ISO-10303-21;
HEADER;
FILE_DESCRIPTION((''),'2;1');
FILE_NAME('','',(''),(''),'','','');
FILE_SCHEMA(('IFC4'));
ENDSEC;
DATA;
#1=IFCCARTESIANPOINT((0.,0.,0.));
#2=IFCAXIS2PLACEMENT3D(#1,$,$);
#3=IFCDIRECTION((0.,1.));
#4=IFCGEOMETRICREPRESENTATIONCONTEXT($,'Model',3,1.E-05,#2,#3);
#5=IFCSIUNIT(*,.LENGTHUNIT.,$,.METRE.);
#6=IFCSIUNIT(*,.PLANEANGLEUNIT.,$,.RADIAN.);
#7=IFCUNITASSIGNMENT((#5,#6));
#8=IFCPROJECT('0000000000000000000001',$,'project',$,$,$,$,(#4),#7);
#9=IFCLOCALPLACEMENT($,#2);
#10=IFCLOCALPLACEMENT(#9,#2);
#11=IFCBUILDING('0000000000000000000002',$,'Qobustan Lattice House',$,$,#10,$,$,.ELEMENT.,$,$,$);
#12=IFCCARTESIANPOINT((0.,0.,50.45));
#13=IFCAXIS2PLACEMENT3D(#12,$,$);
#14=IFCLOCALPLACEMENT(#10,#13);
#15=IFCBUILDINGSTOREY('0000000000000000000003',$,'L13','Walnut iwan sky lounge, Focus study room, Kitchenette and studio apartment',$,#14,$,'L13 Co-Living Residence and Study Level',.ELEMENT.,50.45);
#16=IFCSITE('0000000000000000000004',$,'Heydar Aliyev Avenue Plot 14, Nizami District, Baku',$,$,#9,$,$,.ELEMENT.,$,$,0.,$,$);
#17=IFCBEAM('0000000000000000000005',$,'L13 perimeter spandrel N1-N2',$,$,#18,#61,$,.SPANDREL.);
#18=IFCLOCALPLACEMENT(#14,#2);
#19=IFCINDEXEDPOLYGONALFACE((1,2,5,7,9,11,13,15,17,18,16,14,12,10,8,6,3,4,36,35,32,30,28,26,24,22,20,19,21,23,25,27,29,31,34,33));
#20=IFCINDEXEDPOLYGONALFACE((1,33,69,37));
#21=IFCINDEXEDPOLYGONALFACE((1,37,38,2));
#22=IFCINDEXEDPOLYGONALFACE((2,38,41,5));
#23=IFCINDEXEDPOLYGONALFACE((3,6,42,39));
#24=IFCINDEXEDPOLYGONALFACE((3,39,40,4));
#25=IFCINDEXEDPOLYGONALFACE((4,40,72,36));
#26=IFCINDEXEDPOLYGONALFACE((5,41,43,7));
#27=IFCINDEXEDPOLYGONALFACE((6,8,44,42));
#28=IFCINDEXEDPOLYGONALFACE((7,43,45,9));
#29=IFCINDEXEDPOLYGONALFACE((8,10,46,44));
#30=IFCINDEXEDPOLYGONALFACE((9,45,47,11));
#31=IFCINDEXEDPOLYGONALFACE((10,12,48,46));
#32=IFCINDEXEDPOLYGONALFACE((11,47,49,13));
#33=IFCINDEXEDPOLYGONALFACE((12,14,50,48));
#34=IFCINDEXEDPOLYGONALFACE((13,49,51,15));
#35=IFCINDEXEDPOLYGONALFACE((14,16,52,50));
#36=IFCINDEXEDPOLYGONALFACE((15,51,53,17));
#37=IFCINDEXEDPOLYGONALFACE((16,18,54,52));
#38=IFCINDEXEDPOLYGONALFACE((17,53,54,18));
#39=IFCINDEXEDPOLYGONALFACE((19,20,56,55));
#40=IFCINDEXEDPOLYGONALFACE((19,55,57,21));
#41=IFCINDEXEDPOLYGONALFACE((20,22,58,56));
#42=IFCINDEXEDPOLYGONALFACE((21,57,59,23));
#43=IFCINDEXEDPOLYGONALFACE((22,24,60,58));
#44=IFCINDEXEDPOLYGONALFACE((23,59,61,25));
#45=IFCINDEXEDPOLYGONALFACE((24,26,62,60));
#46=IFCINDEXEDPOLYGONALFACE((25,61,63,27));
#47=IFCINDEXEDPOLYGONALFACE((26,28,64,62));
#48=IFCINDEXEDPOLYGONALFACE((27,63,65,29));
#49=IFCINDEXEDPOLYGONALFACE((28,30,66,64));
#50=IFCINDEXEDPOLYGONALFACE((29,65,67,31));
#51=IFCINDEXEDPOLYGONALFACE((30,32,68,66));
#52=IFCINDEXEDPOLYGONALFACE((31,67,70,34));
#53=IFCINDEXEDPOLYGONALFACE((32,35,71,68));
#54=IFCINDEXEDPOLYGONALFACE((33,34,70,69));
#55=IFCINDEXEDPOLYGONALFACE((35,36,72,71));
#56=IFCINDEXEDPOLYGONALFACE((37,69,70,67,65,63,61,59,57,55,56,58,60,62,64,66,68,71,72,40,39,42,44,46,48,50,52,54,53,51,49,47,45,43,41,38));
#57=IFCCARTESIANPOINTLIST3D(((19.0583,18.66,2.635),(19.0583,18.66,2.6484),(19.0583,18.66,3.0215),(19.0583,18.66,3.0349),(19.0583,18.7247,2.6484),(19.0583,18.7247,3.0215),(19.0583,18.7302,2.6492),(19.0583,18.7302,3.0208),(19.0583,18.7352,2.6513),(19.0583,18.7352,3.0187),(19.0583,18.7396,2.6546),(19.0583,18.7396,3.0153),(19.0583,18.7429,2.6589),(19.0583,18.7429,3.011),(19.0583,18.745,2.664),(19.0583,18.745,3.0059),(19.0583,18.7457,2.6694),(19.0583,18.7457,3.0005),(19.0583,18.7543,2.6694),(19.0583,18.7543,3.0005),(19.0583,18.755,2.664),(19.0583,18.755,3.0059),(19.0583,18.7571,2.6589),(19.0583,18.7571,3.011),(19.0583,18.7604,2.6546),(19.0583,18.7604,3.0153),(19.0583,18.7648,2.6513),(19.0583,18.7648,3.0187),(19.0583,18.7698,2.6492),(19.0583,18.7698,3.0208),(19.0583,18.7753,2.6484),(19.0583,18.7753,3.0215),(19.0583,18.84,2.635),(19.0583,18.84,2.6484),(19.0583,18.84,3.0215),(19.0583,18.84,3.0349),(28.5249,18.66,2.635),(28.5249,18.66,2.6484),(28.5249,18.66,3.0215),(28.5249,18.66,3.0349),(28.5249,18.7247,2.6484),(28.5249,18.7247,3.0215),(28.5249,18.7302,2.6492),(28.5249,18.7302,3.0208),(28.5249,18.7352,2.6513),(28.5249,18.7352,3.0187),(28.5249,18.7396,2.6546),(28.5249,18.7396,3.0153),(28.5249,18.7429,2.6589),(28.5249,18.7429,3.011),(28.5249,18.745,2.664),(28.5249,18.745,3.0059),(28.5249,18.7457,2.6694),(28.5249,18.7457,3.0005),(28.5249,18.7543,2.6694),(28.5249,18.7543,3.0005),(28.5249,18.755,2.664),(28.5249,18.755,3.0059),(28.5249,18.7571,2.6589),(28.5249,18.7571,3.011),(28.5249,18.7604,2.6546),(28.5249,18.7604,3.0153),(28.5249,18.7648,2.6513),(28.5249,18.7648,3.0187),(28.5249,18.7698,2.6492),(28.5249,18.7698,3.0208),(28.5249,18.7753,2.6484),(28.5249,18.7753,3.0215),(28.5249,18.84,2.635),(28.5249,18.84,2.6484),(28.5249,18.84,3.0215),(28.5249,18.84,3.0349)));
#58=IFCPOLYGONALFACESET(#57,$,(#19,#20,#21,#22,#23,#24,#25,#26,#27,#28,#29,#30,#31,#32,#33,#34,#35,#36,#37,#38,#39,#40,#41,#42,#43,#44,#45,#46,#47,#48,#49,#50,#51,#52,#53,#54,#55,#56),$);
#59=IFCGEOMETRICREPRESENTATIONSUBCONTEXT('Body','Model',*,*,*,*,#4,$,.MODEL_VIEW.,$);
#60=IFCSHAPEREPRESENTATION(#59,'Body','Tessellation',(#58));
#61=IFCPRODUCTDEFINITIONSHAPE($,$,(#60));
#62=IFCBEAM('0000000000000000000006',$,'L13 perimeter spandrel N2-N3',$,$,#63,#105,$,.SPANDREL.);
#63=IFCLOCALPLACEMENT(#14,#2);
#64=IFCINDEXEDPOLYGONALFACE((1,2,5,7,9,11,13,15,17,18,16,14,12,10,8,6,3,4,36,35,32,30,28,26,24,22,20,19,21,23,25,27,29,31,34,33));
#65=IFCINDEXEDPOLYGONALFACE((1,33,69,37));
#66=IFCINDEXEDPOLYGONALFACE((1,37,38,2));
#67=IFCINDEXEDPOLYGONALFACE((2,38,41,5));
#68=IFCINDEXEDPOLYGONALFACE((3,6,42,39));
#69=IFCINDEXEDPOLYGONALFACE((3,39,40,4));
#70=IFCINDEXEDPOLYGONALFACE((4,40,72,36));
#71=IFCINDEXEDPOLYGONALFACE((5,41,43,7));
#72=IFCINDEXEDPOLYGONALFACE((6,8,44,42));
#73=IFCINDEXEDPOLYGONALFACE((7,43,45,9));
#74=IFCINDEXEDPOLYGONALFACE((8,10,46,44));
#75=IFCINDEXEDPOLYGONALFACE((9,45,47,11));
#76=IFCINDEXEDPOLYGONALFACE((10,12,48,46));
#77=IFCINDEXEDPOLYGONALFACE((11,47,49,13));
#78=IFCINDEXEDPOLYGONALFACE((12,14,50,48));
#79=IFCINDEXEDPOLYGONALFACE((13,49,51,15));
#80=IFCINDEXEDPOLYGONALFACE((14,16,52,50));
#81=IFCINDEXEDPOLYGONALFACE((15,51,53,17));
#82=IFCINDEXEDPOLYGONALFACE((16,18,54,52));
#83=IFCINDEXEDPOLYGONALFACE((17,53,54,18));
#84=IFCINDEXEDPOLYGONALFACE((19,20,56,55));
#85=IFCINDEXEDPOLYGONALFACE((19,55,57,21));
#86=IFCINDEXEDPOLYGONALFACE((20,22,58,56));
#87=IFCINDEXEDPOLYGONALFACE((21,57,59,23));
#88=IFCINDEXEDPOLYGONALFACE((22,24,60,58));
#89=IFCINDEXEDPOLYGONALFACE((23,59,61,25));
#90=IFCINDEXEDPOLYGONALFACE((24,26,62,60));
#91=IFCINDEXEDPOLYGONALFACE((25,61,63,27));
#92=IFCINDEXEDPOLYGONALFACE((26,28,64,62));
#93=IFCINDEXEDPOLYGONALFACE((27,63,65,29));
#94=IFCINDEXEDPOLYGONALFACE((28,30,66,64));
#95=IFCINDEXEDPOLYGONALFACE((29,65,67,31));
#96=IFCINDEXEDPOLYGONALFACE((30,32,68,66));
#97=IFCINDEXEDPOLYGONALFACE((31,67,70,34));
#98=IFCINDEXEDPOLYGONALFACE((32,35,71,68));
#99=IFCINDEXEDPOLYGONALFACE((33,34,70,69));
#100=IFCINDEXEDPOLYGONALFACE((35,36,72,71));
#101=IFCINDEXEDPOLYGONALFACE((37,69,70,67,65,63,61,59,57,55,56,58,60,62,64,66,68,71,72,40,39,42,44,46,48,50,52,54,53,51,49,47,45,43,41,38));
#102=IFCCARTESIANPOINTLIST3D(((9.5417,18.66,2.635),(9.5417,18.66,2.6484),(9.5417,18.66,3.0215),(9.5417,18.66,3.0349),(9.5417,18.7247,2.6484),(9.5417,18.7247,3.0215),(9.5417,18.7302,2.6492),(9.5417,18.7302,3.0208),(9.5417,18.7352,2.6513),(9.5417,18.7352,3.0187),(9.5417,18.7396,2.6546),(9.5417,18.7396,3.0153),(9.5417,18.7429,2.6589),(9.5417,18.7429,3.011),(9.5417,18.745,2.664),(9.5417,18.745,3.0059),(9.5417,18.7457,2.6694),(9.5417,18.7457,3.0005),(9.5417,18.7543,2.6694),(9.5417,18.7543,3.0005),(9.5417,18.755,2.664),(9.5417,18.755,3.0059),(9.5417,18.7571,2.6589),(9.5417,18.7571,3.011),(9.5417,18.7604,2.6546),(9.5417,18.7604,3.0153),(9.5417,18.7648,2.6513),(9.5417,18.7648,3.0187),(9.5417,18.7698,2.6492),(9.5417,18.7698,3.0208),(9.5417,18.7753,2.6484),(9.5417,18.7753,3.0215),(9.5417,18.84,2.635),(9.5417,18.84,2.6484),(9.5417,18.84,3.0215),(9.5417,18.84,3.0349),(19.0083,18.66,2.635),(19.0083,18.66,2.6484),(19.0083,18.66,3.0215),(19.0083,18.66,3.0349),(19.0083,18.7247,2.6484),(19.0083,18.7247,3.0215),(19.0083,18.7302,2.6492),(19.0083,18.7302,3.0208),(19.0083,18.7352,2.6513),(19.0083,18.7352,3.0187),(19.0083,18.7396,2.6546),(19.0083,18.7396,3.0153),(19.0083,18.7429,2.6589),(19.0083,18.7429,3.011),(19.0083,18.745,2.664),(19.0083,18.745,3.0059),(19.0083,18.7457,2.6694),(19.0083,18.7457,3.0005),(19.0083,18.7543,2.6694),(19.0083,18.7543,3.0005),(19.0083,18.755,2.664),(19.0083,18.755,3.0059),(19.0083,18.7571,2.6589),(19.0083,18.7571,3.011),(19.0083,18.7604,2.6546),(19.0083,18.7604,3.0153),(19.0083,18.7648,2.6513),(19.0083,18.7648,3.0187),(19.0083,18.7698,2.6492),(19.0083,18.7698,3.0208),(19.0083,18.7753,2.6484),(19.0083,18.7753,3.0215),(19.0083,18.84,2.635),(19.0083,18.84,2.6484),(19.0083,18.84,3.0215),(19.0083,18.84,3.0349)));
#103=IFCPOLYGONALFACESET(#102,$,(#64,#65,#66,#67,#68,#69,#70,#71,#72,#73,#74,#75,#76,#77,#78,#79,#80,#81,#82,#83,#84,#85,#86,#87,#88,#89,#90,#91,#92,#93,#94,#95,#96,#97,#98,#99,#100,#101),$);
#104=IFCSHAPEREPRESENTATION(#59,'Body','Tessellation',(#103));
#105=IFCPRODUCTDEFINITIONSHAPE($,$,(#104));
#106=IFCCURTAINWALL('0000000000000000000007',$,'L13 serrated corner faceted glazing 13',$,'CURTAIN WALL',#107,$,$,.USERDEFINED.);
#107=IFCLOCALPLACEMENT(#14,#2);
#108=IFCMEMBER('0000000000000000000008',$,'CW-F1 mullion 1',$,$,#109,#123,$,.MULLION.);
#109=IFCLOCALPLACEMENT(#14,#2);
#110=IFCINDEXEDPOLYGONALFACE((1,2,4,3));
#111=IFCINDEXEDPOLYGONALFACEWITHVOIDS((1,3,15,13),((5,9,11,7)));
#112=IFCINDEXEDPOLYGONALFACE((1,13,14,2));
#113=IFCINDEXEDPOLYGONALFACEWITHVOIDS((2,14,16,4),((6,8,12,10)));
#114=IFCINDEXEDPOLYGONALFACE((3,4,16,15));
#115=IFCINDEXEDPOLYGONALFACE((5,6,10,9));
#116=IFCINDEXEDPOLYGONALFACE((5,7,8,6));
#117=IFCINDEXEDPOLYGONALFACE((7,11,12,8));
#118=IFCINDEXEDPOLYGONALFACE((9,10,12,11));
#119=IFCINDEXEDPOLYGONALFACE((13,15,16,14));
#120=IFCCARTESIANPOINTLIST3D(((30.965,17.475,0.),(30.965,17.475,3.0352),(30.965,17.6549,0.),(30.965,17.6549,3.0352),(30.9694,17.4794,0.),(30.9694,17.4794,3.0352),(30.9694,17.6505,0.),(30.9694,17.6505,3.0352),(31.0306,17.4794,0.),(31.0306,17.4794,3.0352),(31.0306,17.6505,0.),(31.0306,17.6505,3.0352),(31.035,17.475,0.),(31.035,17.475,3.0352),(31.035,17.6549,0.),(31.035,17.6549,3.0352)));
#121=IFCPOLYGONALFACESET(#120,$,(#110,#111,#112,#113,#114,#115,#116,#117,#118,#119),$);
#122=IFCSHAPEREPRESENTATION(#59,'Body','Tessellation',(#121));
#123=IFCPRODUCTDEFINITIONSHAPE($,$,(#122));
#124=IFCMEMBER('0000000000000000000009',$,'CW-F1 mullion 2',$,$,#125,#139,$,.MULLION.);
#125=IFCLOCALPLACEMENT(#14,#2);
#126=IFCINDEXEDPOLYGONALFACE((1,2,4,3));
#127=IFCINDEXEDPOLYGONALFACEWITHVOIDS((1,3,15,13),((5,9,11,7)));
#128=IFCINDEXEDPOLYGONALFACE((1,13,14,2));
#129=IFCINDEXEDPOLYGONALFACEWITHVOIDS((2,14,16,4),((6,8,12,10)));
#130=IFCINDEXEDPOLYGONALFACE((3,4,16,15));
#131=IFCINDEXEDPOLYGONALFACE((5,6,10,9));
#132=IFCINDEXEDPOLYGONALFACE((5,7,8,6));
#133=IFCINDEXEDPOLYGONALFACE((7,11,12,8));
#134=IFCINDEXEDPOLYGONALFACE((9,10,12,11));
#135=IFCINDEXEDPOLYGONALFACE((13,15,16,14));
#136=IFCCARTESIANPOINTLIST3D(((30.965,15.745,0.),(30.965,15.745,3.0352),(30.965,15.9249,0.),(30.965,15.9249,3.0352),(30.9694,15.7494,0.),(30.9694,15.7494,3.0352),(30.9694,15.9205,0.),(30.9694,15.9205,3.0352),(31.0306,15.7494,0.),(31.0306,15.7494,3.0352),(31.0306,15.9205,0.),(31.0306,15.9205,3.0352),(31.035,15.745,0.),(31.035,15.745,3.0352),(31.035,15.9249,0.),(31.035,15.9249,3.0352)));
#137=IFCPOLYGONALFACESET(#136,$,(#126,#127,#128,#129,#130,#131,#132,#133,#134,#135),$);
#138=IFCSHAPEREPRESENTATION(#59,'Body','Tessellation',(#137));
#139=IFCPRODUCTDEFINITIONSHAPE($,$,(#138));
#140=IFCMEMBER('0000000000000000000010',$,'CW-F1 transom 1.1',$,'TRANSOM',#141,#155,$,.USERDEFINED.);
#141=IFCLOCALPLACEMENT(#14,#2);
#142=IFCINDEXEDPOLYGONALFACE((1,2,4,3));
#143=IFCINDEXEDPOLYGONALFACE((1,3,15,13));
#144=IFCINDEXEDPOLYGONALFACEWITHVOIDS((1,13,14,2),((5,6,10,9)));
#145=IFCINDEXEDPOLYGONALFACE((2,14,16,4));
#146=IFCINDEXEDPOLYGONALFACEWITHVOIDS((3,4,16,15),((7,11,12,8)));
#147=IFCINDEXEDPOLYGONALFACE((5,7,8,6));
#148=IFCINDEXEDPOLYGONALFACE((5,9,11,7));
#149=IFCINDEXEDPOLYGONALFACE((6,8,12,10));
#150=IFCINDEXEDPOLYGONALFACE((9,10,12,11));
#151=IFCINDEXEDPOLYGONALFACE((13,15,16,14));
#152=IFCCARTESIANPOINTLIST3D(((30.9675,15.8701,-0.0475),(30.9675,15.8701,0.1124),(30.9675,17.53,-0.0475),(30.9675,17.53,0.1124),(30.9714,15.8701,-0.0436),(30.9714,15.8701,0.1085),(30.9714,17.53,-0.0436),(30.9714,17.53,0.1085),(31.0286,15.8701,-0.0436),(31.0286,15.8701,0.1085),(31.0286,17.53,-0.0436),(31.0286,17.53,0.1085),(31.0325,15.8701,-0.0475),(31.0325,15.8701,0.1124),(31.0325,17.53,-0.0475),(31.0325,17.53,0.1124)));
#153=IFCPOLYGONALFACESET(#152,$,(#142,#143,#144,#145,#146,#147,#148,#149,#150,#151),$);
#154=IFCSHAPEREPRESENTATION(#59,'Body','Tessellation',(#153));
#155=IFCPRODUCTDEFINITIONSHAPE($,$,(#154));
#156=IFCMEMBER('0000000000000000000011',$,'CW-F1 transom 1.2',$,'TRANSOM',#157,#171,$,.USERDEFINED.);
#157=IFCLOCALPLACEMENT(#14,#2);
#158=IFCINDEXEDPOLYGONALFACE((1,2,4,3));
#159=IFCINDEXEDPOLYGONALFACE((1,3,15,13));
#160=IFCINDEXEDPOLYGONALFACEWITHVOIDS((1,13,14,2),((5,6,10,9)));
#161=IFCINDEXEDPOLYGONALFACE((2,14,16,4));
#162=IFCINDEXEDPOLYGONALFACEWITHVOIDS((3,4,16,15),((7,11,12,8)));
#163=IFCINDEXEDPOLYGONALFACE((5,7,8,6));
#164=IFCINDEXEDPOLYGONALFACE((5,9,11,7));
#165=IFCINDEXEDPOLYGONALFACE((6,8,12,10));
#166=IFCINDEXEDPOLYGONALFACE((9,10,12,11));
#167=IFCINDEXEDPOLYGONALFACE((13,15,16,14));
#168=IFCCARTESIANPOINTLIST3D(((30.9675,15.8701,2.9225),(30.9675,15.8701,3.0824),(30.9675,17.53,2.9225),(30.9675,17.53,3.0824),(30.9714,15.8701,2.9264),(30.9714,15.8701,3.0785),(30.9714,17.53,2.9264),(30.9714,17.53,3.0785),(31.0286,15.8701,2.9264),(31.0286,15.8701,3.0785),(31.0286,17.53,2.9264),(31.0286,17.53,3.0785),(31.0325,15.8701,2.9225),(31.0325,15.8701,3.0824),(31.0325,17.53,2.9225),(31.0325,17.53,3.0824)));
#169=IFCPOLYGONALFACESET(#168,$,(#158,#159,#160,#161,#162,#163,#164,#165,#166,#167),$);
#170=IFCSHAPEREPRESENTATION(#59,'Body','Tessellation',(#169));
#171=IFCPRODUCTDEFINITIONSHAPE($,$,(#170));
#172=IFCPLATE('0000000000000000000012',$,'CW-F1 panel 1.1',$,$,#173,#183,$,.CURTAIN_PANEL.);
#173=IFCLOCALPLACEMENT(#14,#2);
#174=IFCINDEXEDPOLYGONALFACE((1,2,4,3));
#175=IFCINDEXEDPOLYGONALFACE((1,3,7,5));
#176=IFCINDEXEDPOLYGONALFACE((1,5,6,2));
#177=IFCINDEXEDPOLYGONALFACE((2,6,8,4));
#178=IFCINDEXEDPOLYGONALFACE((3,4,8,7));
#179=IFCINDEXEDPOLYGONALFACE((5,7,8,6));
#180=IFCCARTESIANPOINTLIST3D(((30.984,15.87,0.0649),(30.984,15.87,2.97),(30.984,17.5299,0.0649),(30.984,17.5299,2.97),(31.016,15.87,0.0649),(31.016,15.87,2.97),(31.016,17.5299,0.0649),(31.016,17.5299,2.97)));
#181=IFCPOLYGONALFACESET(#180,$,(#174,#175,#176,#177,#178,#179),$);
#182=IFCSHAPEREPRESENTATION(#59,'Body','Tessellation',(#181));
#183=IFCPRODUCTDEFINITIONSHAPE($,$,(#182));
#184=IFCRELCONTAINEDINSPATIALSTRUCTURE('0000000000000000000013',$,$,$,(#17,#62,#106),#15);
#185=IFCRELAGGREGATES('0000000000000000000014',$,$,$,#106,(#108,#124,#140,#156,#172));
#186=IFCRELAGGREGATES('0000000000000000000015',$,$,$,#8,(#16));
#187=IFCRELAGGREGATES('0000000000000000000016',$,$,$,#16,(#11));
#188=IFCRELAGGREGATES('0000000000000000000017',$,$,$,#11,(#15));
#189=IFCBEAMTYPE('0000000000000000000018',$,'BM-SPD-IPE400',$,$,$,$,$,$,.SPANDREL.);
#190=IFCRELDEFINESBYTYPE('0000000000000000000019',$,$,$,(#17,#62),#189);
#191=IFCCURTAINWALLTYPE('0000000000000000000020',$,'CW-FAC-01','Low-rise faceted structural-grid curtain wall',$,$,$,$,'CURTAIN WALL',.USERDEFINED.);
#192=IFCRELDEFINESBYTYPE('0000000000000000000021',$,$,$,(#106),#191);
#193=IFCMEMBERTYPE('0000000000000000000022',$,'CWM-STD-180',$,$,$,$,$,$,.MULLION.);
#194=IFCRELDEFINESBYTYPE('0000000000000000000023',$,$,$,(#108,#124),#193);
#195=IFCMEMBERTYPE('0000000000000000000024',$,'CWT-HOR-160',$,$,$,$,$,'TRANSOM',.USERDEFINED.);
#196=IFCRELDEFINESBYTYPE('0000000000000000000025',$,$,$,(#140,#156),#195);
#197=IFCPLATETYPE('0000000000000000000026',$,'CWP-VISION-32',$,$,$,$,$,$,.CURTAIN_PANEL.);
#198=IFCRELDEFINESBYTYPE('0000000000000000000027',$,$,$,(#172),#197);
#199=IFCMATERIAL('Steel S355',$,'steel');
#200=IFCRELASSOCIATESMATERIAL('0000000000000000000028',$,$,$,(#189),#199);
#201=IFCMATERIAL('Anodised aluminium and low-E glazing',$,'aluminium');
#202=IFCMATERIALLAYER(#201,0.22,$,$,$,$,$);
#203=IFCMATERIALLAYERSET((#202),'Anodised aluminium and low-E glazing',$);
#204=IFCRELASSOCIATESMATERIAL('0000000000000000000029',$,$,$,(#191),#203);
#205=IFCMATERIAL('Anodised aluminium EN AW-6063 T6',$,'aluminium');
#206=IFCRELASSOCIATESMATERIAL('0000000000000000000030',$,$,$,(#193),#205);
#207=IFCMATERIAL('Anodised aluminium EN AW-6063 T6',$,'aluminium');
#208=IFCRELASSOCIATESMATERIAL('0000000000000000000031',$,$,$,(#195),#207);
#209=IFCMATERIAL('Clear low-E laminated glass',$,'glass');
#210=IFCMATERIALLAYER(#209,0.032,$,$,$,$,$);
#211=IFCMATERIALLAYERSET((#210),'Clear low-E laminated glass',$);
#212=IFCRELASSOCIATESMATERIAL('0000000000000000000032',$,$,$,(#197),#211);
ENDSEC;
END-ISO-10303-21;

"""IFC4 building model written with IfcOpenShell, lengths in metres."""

from ifc_helpers import new_model, si_unit, direction, frame, origin, origin_2d, place, context, subcontext, project, spatial, rectangle, hollow_rectangle, i_section, extrude, material, layer, layer_set, material_profile, profile_set, type_object, element, aggregate, save


model = new_model("IFC4")

# Units and contexts
model_context = context("Model", 3, precision=1e-05, world=origin(), true_north=direction((0.0, 1.0)))
body_context = subcontext(model_context, "Body", "Model", "MODEL_VIEW")
ifc_project = project(units=[si_unit("LENGTHUNIT", "METRE"), si_unit("PLANEANGLEUNIT", "RADIAN")], contexts=[model_context])

# Site, building, storey
site_placement = place(None, origin())
site = spatial("IfcSite", under=ifc_project, at=site_placement, Name="Heydar Aliyev Avenue Plot 14, Nizami District, Baku", CompositionType="ELEMENT", RefElevation=0.0)
building_placement = place(site_placement, origin())
building = spatial("IfcBuilding", under=site, at=building_placement, Name="Qobustan Lattice House", CompositionType="ELEMENT")
storey_placement = place(building_placement, frame((0.0, 0.0, 50.45)))
storey = spatial("IfcBuildingStorey", under=building, at=storey_placement, Name="L13", Description="Walnut iwan sky lounge, Focus study room, Kitchenette and studio apartment", LongName="L13 Co-Living Residence and Study Level", CompositionType="ELEMENT", Elevation=50.45)

# Beams
ifc_material_1 = material(Name="Steel S355", Category="steel")
ifc_material_profile_1 = material_profile(ifc_material_1, i_section(OverallWidth=0.1799, OverallDepth=0.3999, WebThickness=0.0085, FlangeThickness=0.0134, FilletRadius=0.021, at=origin_2d()), Name="IPE400")
ifc_profile_set_1 = profile_set([ifc_material_profile_1], Name="Steel S355")
beam_type_1 = type_object("IfcBeamType", Name="BM-SPD-IPE400", PredefinedType="SPANDREL", material=ifc_profile_set_1)
for number, where, z_axis, x_axis, name in (
    (1, (28.5249, 18.75, 2.835), (-1.0, 0.0, 0.0), (0.0, -1.0, 0.0), "L13 perimeter spandrel N1-N2"),
    (2, (19.0083, 18.75, 2.835), (-1.0, 0.0, 0.0), (0.0, -1.0, 0.0), "L13 perimeter spandrel N2-N3"),
):
    element("IfcBeam", number, at=place(storey_placement, frame(where, z_axis=z_axis, x_axis=x_axis)), inside=storey, type_object=beam_type_1, Name=name, PredefinedType="SPANDREL", context=body_context, shape_type="SweptSolid", body=[
        extrude(i_section(OverallWidth=0.1799, OverallDepth=0.3999, WebThickness=0.0085, FlangeThickness=0.0134, FilletRadius=0.021, at=origin_2d()), origin(), (0.0, 0.0, 1.0), 9.4666),
    ])

# Curtain wall, members, plate
ifc_material_2 = material(Name="Anodised aluminium and low-E glazing", Category="aluminium")
ifc_layer_1 = layer(ifc_material_2, 0.22)
ifc_layer_set_1 = layer_set([ifc_layer_1], Name="Anodised aluminium and low-E glazing")
curtain_wall_type = type_object("IfcCurtainWallType", Name="CW-FAC-01", Description="Low-rise faceted structural-grid curtain wall", ElementType="CURTAIN WALL", PredefinedType="USERDEFINED", material=ifc_layer_set_1)
curtain_wall_placement = place(storey_placement, origin())
curtain_wall = element("IfcCurtainWall", 3, at=curtain_wall_placement, inside=storey, type_object=curtain_wall_type, Name="L13 serrated corner faceted glazing 13", ObjectType="CURTAIN WALL", PredefinedType="USERDEFINED")
ifc_material_3 = material(Name="Anodised aluminium EN AW-6063 T6", Category="aluminium")
ifc_material_profile_2 = material_profile(ifc_material_3, hollow_rectangle(XDim=0.0701, YDim=0.1799, WallThickness=0.0044, at=origin_2d()), Name="CWM-180x70")
ifc_profile_set_2 = profile_set([ifc_material_profile_2], Name="Anodised aluminium EN AW-6063 T6")
member_type_1 = type_object("IfcMemberType", Name="CWM-STD-180", PredefinedType="MULLION", material=ifc_profile_set_2)
member_1_placement = place(storey_placement, frame((31.0, 17.5649, 0.0), z_axis=(0.0, 0.0, 1.0), x_axis=(1.0, 0.0, 0.0)))
member_1 = element("IfcMember", 4, at=member_1_placement, type_object=member_type_1, Name="CW-F1 mullion 1", PredefinedType="MULLION", context=body_context, shape_type="SweptSolid", body=[
    extrude(hollow_rectangle(XDim=0.0701, YDim=0.1799, WallThickness=0.0044, at=origin_2d()), origin(), (0.0, 0.0, 1.0), 3.0352),
])
member_2_placement = place(storey_placement, frame((31.0, 15.835, 0.0), z_axis=(0.0, 0.0, 1.0), x_axis=(1.0, 0.0, 0.0)))
member_2 = element("IfcMember", 5, at=member_2_placement, type_object=member_type_1, Name="CW-F1 mullion 2", PredefinedType="MULLION", context=body_context, shape_type="SweptSolid", body=[
    extrude(hollow_rectangle(XDim=0.0701, YDim=0.1799, WallThickness=0.0044, at=origin_2d()), origin(), (0.0, 0.0, 1.0), 3.0352),
])
ifc_material_4 = material(Name="Anodised aluminium EN AW-6063 T6", Category="aluminium")
ifc_material_profile_3 = material_profile(ifc_material_4, hollow_rectangle(XDim=0.0649, YDim=0.1599, WallThickness=0.0039, at=origin_2d()), Name="CWT-160x65")
ifc_profile_set_3 = profile_set([ifc_material_profile_3], Name="Anodised aluminium EN AW-6063 T6")
member_type_2 = type_object("IfcMemberType", Name="CWT-HOR-160", ElementType="TRANSOM", PredefinedType="USERDEFINED", material=ifc_profile_set_3)
member_3_placement = place(storey_placement, frame((31.0, 17.53, 0.0325), z_axis=(0.0, -1.0, 0.0), x_axis=(1.0, 0.0, 0.0)))
member_3 = element("IfcMember", 6, at=member_3_placement, type_object=member_type_2, Name="CW-F1 transom 1.1", ObjectType="TRANSOM", PredefinedType="USERDEFINED", context=body_context, shape_type="SweptSolid", body=[
    extrude(hollow_rectangle(XDim=0.0649, YDim=0.1599, WallThickness=0.0039, at=origin_2d()), origin(), (0.0, 0.0, 1.0), 1.6599),
])
member_4_placement = place(storey_placement, frame((31.0, 17.53, 3.0024), z_axis=(0.0, -1.0, 0.0), x_axis=(1.0, 0.0, 0.0)))
member_4 = element("IfcMember", 7, at=member_4_placement, type_object=member_type_2, Name="CW-F1 transom 1.2", ObjectType="TRANSOM", PredefinedType="USERDEFINED", context=body_context, shape_type="SweptSolid", body=[
    extrude(hollow_rectangle(XDim=0.0649, YDim=0.1599, WallThickness=0.0039, at=origin_2d()), origin(), (0.0, 0.0, 1.0), 1.6599),
])
ifc_material_5 = material(Name="Clear low-E laminated glass", Category="glass")
ifc_layer_2 = layer(ifc_material_5, 0.032)
ifc_layer_set_2 = layer_set([ifc_layer_2], Name="Clear low-E laminated glass")
plate_type = type_object("IfcPlateType", Name="CWP-VISION-32", PredefinedType="CURTAIN_PANEL", material=ifc_layer_set_2)
plate_placement = place(storey_placement, frame((31.0, 16.7, 0.0649), z_axis=(0.0, 0.0, 1.0), x_axis=(0.0, -1.0, 0.0)))
plate = element("IfcPlate", 8, at=plate_placement, type_object=plate_type, Name="CW-F1 panel 1.1", PredefinedType="CURTAIN_PANEL", context=body_context, shape_type="SweptSolid", body=[
    extrude(rectangle(XDim=1.6599, YDim=0.032, at=origin_2d()), origin(), (0.0, 0.0, 1.0), 2.905),
])
aggregate(curtain_wall, [member_1, member_2, member_3, member_4, plate])

save(model, "model.ifc")
